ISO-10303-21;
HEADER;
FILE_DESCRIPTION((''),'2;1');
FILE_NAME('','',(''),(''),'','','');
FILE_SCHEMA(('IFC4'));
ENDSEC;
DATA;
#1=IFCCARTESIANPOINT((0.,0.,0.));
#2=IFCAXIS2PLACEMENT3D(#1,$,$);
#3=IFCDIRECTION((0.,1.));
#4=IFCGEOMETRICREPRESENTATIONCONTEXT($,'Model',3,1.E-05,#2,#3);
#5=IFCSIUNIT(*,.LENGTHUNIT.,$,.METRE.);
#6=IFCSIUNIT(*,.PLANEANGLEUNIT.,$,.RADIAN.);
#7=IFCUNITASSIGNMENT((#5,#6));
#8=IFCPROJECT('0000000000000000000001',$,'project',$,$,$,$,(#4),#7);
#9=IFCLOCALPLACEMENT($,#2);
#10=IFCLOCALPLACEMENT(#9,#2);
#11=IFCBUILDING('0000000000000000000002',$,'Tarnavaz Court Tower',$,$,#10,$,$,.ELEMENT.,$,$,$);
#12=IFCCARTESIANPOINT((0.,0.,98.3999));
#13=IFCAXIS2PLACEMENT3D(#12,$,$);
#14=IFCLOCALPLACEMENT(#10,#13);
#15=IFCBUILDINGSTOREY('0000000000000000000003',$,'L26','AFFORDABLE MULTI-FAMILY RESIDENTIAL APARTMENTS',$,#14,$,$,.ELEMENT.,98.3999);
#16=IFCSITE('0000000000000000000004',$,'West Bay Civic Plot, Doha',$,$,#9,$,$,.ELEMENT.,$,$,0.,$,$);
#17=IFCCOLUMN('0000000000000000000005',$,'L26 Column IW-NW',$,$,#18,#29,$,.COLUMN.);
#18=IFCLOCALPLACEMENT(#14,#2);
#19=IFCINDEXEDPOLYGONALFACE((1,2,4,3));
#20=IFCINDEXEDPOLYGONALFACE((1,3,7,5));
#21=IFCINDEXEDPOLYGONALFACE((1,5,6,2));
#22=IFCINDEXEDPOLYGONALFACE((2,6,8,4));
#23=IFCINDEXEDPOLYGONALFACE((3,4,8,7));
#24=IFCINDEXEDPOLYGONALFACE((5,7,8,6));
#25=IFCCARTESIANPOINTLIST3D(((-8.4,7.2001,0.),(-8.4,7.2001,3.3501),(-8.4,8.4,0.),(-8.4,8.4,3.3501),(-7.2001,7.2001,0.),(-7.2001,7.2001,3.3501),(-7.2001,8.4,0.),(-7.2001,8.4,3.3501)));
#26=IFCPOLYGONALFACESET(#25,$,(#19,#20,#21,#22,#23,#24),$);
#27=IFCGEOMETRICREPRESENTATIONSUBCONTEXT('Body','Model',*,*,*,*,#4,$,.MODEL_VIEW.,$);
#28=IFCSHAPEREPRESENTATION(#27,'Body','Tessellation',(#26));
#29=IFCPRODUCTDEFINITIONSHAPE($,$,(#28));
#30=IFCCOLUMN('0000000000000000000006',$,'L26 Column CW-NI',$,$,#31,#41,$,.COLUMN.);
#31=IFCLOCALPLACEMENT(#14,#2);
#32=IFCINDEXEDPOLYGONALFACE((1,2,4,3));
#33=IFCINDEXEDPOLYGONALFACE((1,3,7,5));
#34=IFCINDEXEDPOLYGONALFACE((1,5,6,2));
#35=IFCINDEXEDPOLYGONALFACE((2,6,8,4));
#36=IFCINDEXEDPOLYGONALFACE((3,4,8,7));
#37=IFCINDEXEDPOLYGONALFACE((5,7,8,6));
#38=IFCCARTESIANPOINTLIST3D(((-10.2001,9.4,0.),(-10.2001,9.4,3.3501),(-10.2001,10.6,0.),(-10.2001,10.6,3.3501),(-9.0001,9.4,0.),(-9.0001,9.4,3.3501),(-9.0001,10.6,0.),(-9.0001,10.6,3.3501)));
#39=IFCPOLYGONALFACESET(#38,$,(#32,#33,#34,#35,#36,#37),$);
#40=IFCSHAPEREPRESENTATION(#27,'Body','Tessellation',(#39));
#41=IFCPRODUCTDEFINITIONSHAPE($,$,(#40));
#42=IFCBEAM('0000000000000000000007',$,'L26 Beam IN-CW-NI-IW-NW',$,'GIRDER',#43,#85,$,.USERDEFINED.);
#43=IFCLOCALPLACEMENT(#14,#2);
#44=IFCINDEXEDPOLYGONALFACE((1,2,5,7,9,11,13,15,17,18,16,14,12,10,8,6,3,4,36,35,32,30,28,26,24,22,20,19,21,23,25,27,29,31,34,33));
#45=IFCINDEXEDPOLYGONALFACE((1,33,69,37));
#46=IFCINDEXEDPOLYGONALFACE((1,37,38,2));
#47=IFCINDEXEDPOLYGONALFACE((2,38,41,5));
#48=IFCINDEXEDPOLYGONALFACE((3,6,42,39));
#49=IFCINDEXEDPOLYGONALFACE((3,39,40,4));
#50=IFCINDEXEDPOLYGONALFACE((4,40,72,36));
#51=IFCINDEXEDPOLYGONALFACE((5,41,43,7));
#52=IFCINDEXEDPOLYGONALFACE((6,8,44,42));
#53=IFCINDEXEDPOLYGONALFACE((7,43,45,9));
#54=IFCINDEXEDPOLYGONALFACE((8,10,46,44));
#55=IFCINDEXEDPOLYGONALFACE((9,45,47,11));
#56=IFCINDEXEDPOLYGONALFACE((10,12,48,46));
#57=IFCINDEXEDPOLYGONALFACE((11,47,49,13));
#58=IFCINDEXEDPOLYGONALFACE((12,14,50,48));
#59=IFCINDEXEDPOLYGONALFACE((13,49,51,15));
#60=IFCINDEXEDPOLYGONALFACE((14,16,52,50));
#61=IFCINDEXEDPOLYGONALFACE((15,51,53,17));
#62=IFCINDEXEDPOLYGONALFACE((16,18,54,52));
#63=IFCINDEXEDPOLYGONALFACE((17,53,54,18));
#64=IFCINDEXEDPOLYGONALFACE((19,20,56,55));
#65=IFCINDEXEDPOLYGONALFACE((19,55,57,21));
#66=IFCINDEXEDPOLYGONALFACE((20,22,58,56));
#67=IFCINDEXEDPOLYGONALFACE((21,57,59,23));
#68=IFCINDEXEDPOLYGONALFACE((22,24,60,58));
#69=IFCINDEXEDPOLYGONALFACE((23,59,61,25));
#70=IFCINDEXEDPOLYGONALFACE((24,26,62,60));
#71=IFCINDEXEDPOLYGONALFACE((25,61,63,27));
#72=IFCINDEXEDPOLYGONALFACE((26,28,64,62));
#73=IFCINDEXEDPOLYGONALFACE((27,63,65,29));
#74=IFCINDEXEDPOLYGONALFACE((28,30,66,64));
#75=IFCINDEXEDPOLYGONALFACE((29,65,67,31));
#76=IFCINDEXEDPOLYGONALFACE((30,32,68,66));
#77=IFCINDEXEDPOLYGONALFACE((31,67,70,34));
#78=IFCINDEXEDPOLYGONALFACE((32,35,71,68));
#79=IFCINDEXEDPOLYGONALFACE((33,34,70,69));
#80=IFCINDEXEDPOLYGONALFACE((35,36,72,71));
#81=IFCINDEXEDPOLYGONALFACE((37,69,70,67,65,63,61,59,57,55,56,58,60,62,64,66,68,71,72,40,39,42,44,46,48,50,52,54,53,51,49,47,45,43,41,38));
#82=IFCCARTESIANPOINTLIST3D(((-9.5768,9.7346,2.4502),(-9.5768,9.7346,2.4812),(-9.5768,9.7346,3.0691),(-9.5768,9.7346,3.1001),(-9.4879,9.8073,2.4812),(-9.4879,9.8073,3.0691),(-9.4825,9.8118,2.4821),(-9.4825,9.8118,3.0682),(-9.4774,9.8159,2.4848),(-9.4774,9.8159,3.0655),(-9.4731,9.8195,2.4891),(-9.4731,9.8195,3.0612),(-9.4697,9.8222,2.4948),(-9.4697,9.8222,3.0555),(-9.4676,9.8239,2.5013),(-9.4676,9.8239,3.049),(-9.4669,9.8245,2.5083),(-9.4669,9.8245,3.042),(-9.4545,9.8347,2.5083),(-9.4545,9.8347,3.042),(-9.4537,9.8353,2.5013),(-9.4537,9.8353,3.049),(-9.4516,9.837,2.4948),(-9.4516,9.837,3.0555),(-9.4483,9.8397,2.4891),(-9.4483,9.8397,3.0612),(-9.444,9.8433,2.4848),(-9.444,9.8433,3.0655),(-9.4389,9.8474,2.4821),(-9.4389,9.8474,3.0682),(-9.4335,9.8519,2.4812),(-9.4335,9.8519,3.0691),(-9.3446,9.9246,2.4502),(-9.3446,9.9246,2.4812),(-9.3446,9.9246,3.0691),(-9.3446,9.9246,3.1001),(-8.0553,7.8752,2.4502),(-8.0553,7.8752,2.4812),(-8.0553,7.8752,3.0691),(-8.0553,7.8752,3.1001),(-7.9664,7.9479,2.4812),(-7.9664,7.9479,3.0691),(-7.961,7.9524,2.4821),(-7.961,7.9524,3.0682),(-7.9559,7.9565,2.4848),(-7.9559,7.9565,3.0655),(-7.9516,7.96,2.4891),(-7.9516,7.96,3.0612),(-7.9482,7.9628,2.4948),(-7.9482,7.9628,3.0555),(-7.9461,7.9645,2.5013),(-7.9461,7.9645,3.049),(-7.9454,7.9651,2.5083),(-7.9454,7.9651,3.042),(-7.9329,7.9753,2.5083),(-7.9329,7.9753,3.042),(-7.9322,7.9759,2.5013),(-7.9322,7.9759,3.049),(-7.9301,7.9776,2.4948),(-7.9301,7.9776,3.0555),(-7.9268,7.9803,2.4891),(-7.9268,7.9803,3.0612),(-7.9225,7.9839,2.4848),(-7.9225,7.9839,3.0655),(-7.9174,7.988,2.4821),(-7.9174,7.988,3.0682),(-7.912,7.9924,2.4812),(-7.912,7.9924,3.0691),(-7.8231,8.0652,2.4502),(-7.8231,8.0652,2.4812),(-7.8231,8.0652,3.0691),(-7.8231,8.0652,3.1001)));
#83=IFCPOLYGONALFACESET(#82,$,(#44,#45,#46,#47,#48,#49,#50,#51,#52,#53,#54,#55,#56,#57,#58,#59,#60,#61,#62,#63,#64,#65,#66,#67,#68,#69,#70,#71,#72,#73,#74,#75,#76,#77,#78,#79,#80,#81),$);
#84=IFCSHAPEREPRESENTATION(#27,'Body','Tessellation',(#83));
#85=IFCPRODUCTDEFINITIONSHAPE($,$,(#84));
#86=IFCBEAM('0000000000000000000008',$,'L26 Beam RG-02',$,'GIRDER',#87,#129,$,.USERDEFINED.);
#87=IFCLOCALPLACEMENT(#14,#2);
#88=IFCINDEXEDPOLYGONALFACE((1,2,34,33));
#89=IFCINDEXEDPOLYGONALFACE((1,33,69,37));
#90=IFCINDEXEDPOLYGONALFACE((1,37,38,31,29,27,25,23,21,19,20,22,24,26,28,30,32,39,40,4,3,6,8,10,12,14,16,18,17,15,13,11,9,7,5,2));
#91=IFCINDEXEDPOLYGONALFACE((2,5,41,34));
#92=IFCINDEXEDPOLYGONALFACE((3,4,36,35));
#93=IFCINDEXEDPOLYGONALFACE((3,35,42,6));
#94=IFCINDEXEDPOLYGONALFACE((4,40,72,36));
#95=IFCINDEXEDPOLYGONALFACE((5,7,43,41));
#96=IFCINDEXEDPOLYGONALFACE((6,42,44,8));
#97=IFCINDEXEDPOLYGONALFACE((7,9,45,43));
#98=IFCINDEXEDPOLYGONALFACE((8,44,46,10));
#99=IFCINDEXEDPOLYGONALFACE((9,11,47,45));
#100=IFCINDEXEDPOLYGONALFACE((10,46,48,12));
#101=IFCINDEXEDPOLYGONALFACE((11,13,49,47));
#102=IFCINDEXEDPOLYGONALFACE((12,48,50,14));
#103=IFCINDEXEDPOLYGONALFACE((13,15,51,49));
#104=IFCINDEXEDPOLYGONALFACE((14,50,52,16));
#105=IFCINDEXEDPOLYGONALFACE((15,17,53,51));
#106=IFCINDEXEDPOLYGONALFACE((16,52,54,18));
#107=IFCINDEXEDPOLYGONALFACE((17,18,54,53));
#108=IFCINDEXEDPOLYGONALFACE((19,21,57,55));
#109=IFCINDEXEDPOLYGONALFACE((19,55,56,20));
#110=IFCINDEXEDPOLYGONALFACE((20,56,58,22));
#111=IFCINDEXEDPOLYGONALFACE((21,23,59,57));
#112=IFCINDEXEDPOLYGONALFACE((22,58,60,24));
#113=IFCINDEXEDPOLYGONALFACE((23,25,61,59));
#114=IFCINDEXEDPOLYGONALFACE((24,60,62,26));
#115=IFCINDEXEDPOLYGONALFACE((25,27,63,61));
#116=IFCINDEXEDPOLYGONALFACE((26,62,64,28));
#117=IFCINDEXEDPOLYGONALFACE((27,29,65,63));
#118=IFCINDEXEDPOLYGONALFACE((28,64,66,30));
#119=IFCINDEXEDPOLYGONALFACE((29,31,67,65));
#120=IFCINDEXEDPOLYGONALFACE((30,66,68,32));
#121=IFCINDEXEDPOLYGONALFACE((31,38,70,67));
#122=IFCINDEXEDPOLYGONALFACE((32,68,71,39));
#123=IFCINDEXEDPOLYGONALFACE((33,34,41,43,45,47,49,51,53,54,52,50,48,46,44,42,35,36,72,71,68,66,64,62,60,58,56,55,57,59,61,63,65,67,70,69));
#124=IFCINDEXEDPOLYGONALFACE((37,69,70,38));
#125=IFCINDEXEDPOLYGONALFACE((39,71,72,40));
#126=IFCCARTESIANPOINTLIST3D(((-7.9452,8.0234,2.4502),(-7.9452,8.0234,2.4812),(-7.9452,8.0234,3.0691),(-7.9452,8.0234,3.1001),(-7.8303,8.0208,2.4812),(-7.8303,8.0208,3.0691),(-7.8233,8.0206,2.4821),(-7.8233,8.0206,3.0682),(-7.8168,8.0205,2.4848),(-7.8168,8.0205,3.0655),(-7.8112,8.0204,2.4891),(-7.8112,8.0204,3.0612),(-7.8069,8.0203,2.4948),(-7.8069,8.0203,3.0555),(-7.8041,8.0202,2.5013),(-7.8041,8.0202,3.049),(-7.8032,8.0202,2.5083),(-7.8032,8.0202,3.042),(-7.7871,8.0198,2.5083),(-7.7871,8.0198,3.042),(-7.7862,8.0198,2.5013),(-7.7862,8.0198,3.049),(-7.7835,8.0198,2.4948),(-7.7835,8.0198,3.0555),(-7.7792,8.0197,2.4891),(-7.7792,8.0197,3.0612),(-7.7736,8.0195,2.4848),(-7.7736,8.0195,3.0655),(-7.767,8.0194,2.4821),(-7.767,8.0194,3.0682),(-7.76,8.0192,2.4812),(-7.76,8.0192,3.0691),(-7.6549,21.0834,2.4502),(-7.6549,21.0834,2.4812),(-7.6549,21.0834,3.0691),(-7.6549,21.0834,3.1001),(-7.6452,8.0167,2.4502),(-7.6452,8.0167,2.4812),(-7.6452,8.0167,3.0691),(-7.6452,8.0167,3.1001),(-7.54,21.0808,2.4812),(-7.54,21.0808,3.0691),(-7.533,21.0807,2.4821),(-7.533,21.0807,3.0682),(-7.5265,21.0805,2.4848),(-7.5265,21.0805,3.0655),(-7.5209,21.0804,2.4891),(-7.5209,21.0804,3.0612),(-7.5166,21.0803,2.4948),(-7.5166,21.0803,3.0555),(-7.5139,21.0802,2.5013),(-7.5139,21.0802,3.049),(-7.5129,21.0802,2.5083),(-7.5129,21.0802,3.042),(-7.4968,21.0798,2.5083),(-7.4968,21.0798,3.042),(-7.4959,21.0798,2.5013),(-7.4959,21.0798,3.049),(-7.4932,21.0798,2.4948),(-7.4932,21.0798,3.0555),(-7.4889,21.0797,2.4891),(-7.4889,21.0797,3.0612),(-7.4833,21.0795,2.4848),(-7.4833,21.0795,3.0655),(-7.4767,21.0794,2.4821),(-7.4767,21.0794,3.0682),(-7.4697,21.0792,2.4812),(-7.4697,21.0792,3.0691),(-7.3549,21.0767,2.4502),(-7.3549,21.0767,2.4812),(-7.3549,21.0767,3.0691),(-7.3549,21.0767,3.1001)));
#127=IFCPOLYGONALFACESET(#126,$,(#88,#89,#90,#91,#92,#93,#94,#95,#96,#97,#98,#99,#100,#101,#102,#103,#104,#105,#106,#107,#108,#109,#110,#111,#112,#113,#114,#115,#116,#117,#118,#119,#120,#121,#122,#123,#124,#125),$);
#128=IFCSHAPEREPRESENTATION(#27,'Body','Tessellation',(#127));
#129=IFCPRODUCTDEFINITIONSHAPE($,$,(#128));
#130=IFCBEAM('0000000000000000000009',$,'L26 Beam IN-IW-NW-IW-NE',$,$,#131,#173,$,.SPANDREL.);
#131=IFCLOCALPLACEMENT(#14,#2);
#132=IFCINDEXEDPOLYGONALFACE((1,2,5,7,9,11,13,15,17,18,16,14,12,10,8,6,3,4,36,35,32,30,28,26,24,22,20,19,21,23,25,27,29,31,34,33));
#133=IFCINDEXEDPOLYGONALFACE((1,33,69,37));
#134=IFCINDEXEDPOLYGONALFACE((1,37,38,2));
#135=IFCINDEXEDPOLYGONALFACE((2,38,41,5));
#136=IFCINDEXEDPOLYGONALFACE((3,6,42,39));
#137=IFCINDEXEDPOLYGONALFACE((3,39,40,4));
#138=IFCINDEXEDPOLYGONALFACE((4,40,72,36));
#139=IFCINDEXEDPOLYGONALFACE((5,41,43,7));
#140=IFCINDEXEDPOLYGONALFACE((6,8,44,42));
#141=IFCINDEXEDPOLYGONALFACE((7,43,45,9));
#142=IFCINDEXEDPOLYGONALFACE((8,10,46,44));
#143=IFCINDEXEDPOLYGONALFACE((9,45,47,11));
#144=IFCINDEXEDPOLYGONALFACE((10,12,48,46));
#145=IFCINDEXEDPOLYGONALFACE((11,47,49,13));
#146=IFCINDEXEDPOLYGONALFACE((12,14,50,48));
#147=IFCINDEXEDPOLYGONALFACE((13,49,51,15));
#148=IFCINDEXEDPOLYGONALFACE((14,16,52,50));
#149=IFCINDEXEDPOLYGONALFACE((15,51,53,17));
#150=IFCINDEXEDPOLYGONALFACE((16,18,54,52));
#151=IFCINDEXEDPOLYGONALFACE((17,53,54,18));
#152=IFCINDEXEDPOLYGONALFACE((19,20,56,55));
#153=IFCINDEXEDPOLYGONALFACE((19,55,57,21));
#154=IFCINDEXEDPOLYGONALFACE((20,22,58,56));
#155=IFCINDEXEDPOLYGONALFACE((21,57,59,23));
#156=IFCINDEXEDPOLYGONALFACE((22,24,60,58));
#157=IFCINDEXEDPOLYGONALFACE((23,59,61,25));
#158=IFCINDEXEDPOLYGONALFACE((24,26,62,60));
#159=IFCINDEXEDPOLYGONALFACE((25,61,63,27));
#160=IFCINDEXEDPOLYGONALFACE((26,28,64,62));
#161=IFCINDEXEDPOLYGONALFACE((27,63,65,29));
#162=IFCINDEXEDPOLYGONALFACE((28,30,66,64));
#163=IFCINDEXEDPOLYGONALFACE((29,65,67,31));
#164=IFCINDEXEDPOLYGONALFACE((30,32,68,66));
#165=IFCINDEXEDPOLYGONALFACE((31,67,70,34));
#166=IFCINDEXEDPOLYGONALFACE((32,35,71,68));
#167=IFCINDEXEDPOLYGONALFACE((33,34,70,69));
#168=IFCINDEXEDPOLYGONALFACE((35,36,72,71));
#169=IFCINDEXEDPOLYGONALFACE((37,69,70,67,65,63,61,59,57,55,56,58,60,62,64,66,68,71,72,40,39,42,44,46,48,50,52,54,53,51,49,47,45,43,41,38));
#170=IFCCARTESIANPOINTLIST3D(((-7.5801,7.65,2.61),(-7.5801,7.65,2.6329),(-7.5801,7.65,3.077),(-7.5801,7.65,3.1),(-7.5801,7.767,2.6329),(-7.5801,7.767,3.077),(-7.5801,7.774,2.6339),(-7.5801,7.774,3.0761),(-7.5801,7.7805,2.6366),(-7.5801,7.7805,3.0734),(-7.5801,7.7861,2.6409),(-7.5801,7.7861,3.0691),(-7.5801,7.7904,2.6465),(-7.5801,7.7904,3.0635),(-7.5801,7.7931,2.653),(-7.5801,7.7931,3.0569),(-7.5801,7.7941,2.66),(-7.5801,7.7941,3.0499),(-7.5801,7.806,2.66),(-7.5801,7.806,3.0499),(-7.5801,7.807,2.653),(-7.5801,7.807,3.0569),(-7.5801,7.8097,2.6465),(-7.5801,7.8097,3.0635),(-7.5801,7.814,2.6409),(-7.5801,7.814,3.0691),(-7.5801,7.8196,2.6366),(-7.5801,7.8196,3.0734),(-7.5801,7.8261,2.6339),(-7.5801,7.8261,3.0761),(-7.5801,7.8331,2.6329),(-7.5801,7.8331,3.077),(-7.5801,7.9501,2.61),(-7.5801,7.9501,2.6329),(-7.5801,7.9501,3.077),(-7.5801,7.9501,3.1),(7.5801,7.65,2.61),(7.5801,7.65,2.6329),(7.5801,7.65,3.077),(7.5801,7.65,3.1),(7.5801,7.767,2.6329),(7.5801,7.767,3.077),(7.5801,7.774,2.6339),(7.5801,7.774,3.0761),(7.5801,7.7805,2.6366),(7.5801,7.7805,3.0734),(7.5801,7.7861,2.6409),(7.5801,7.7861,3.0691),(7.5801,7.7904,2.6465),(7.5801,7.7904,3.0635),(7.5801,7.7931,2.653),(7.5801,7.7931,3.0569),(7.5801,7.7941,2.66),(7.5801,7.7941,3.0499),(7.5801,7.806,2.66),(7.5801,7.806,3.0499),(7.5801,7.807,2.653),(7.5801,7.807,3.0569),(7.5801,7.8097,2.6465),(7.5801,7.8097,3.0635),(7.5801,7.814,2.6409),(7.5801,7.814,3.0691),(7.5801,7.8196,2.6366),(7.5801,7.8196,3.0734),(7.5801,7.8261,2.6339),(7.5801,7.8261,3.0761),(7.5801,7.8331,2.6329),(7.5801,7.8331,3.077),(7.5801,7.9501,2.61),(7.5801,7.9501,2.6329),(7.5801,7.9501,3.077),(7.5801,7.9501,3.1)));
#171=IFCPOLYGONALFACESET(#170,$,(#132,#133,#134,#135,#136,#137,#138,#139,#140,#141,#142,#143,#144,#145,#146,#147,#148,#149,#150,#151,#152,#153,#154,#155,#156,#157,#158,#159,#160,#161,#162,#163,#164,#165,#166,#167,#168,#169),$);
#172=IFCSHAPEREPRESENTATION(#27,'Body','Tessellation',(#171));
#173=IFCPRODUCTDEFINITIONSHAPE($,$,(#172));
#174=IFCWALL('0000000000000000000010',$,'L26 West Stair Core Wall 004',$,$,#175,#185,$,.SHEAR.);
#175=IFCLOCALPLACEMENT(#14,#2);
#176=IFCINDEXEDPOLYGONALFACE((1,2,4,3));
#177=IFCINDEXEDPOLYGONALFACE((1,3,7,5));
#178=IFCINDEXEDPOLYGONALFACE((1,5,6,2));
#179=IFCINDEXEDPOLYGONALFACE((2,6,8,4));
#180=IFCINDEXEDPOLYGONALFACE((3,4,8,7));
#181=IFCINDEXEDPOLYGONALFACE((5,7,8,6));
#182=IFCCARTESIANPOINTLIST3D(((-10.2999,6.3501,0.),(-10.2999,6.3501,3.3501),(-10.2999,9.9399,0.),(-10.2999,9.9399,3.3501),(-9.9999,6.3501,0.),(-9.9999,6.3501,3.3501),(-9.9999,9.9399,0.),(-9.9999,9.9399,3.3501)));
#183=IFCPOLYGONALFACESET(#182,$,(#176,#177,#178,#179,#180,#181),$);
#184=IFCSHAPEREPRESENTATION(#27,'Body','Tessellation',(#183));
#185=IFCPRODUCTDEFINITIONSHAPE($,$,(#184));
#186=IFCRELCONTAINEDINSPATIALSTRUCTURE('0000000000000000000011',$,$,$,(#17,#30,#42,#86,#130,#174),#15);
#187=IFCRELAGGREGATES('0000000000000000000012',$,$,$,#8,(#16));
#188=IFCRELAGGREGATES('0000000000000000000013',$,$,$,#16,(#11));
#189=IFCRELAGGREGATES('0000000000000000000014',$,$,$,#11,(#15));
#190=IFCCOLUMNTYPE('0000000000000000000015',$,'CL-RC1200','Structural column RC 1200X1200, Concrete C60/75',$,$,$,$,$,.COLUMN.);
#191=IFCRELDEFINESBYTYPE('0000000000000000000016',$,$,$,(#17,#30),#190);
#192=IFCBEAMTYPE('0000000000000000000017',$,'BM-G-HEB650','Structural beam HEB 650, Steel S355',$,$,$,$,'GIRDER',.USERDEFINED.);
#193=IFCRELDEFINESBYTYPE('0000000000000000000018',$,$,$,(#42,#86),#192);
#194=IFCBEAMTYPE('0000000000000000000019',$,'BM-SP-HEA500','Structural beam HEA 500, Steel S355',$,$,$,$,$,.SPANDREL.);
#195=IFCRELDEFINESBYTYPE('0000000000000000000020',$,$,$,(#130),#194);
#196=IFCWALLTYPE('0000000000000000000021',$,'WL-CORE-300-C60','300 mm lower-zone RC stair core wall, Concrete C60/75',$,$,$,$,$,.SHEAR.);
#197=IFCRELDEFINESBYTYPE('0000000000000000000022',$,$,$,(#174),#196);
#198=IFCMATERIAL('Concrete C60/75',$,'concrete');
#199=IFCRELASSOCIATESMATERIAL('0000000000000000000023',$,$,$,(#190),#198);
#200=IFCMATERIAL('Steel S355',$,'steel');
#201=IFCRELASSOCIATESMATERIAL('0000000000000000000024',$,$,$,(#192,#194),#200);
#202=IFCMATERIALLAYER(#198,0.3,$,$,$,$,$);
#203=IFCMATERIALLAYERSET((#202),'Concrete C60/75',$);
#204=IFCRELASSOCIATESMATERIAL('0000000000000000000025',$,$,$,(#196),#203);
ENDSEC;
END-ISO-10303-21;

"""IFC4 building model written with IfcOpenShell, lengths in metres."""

from ifc_helpers import new_model, si_unit, direction, frame, frame_2d, origin, origin_2d, place, context, subcontext, project, spatial, rectangle, i_section, extrude, material, layer, layer_set, material_profile, profile_set, type_object, element, save


model = new_model("IFC4")

# Units and contexts
model_context = context("Model", 3, precision=1e-05, world=origin(), true_north=direction((0.0, 1.0)))
body_context = subcontext(model_context, "Body", "Model", "MODEL_VIEW")
ifc_project = project(units=[si_unit("LENGTHUNIT", "METRE"), si_unit("PLANEANGLEUNIT", "RADIAN")], contexts=[model_context])

# Site, building, storey
site_placement = place(None, origin())
site = spatial("IfcSite", under=ifc_project, at=site_placement, Name="West Bay Civic Plot, Doha", CompositionType="ELEMENT", RefElevation=0.0)
building_placement = place(site_placement, origin())
building = spatial("IfcBuilding", under=site, at=building_placement, Name="Tarnavaz Court Tower", CompositionType="ELEMENT")
storey_placement = place(building_placement, frame((0.0, 0.0, 98.3999)))
storey = spatial("IfcBuildingStorey", under=building, at=storey_placement, Name="L26", Description="AFFORDABLE MULTI-FAMILY RESIDENTIAL APARTMENTS", CompositionType="ELEMENT", Elevation=98.3999)

# Columns
ifc_material_1 = material(Name="Concrete C60/75", Category="concrete")
ifc_material_profile_1 = material_profile(ifc_material_1, rectangle(XDim=1.2, YDim=1.2, at=origin_2d()), Name="RC 1200X1200")
ifc_profile_set_1 = profile_set([ifc_material_profile_1], Name="Concrete C60/75")
column_type = type_object("IfcColumnType", Name="CL-RC1200", Description="Structural column RC 1200X1200, Concrete C60/75", PredefinedType="COLUMN", material=ifc_profile_set_1)
for number, where, z_axis, x_axis, name in (
    (1, (-7.8, 7.8, 0.0), (0.0, 0.0, 1.0), (1.0, 0.0, 0.0), "L26 Column IW-NW"),
    (2, (-9.6001, 10.0, 0.0), (0.0, 0.0, 1.0), (1.0, 0.0, 0.0), "L26 Column CW-NI"),
):
    element("IfcColumn", number, at=place(storey_placement, frame(where, z_axis=z_axis, x_axis=x_axis)), inside=storey, type_object=column_type, Name=name, PredefinedType="COLUMN", context=body_context, shape_type="SweptSolid", body=[
        extrude(rectangle(XDim=1.2, YDim=1.2, at=origin_2d()), origin(), (0.0, 0.0, 1.0), 3.3501),
    ])

# Beams
ifc_material_2 = material(Name="Steel S355", Category="steel")
ifc_material_profile_2 = material_profile(ifc_material_2, i_section(OverallWidth=0.3, OverallDepth=0.6499, WebThickness=0.0161, FlangeThickness=0.031, FilletRadius=0.0271, at=origin_2d()), Name="HEB 650")
ifc_profile_set_2 = profile_set([ifc_material_profile_2], Name="Steel S355")
beam_type_1 = type_object("IfcBeamType", Name="BM-G-HEB650", Description="Structural beam HEB 650, Steel S355", ElementType="GIRDER", PredefinedType="USERDEFINED", material=ifc_profile_set_2)
beam_1_placement = place(storey_placement, frame((-9.4607, 9.8296, 2.7751), z_axis=(0.633282, -0.773921, 0.0), x_axis=(0.773921, 0.633282, 0.0)))
element("IfcBeam", 3, at=beam_1_placement, inside=storey, type_object=beam_type_1, Name="L26 Beam IN-CW-NI-IW-NW", ObjectType="GIRDER", PredefinedType="USERDEFINED", context=body_context, shape_type="SweptSolid", body=[
    extrude(i_section(OverallWidth=0.3, OverallDepth=0.6499, WebThickness=0.0161, FlangeThickness=0.031, FilletRadius=0.0271, at=origin_2d()), origin(), (0.0, 0.0, 1.0), 2.4026),
])
beam_2_placement = place(storey_placement, frame((-7.7952, 8.02, 2.7751), z_axis=(0.022221, 0.999753, 0.0), x_axis=(-0.999753, 0.022221, 0.0)))
element("IfcBeam", 4, at=beam_2_placement, inside=storey, type_object=beam_type_1, Name="L26 Beam RG-02", ObjectType="GIRDER", PredefinedType="USERDEFINED", context=body_context, shape_type="SweptSolid", body=[
    extrude(i_section(OverallWidth=0.3, OverallDepth=0.6499, WebThickness=0.0161, FlangeThickness=0.031, FilletRadius=0.0271, at=origin_2d()), origin(), (0.0, 0.0, 1.0), 13.0632),
])
ifc_material_profile_3 = material_profile(ifc_material_2, i_section(OverallWidth=0.3, OverallDepth=0.49, WebThickness=0.012, FlangeThickness=0.0229, FilletRadius=0.0271, at=origin_2d()), Name="HEA 500")
ifc_profile_set_3 = profile_set([ifc_material_profile_3], Name="Steel S355")
beam_type_2 = type_object("IfcBeamType", Name="BM-SP-HEA500", Description="Structural beam HEA 500, Steel S355", PredefinedType="SPANDREL", material=ifc_profile_set_3)
beam_3_placement = place(storey_placement, frame((-7.5801, 7.8, 2.855), z_axis=(1.0, 0.0, 0.0), x_axis=(0.0, 1.0, 0.0)))
element("IfcBeam", 5, at=beam_3_placement, inside=storey, type_object=beam_type_2, Name="L26 Beam IN-IW-NW-IW-NE", PredefinedType="SPANDREL", context=body_context, shape_type="SweptSolid", body=[
    extrude(i_section(OverallWidth=0.3, OverallDepth=0.49, WebThickness=0.012, FlangeThickness=0.0229, FilletRadius=0.0271, at=origin_2d()), origin(), (0.0, 0.0, 1.0), 15.1602),
])

# Wall
ifc_layer_1 = layer(ifc_material_1, 0.3)
ifc_layer_set_1 = layer_set([ifc_layer_1], Name="Concrete C60/75")
wall_type_1 = type_object("IfcWallType", Name="WL-CORE-300-C60", Description="300 mm lower-zone RC stair core wall, Concrete C60/75", PredefinedType="SHEAR", material=ifc_layer_set_1)
wall_1_placement = place(storey_placement, frame((-10.1499, 6.3501, 0.0), z_axis=(0.0, 0.0, 1.0), x_axis=(0.0, 1.0, 0.0)))
element("IfcWall", 6, at=wall_1_placement, inside=storey, type_object=wall_type_1, Name="L26 West Stair Core Wall 004", PredefinedType="SHEAR", context=body_context, shape_type="SweptSolid", body=[
    extrude(rectangle(XDim=3.5898, YDim=0.3, at=frame_2d((1.7949, 0.0))), origin(), (0.0, 0.0, 1.0), 3.3501),
])

save(model, "model.ifc")
